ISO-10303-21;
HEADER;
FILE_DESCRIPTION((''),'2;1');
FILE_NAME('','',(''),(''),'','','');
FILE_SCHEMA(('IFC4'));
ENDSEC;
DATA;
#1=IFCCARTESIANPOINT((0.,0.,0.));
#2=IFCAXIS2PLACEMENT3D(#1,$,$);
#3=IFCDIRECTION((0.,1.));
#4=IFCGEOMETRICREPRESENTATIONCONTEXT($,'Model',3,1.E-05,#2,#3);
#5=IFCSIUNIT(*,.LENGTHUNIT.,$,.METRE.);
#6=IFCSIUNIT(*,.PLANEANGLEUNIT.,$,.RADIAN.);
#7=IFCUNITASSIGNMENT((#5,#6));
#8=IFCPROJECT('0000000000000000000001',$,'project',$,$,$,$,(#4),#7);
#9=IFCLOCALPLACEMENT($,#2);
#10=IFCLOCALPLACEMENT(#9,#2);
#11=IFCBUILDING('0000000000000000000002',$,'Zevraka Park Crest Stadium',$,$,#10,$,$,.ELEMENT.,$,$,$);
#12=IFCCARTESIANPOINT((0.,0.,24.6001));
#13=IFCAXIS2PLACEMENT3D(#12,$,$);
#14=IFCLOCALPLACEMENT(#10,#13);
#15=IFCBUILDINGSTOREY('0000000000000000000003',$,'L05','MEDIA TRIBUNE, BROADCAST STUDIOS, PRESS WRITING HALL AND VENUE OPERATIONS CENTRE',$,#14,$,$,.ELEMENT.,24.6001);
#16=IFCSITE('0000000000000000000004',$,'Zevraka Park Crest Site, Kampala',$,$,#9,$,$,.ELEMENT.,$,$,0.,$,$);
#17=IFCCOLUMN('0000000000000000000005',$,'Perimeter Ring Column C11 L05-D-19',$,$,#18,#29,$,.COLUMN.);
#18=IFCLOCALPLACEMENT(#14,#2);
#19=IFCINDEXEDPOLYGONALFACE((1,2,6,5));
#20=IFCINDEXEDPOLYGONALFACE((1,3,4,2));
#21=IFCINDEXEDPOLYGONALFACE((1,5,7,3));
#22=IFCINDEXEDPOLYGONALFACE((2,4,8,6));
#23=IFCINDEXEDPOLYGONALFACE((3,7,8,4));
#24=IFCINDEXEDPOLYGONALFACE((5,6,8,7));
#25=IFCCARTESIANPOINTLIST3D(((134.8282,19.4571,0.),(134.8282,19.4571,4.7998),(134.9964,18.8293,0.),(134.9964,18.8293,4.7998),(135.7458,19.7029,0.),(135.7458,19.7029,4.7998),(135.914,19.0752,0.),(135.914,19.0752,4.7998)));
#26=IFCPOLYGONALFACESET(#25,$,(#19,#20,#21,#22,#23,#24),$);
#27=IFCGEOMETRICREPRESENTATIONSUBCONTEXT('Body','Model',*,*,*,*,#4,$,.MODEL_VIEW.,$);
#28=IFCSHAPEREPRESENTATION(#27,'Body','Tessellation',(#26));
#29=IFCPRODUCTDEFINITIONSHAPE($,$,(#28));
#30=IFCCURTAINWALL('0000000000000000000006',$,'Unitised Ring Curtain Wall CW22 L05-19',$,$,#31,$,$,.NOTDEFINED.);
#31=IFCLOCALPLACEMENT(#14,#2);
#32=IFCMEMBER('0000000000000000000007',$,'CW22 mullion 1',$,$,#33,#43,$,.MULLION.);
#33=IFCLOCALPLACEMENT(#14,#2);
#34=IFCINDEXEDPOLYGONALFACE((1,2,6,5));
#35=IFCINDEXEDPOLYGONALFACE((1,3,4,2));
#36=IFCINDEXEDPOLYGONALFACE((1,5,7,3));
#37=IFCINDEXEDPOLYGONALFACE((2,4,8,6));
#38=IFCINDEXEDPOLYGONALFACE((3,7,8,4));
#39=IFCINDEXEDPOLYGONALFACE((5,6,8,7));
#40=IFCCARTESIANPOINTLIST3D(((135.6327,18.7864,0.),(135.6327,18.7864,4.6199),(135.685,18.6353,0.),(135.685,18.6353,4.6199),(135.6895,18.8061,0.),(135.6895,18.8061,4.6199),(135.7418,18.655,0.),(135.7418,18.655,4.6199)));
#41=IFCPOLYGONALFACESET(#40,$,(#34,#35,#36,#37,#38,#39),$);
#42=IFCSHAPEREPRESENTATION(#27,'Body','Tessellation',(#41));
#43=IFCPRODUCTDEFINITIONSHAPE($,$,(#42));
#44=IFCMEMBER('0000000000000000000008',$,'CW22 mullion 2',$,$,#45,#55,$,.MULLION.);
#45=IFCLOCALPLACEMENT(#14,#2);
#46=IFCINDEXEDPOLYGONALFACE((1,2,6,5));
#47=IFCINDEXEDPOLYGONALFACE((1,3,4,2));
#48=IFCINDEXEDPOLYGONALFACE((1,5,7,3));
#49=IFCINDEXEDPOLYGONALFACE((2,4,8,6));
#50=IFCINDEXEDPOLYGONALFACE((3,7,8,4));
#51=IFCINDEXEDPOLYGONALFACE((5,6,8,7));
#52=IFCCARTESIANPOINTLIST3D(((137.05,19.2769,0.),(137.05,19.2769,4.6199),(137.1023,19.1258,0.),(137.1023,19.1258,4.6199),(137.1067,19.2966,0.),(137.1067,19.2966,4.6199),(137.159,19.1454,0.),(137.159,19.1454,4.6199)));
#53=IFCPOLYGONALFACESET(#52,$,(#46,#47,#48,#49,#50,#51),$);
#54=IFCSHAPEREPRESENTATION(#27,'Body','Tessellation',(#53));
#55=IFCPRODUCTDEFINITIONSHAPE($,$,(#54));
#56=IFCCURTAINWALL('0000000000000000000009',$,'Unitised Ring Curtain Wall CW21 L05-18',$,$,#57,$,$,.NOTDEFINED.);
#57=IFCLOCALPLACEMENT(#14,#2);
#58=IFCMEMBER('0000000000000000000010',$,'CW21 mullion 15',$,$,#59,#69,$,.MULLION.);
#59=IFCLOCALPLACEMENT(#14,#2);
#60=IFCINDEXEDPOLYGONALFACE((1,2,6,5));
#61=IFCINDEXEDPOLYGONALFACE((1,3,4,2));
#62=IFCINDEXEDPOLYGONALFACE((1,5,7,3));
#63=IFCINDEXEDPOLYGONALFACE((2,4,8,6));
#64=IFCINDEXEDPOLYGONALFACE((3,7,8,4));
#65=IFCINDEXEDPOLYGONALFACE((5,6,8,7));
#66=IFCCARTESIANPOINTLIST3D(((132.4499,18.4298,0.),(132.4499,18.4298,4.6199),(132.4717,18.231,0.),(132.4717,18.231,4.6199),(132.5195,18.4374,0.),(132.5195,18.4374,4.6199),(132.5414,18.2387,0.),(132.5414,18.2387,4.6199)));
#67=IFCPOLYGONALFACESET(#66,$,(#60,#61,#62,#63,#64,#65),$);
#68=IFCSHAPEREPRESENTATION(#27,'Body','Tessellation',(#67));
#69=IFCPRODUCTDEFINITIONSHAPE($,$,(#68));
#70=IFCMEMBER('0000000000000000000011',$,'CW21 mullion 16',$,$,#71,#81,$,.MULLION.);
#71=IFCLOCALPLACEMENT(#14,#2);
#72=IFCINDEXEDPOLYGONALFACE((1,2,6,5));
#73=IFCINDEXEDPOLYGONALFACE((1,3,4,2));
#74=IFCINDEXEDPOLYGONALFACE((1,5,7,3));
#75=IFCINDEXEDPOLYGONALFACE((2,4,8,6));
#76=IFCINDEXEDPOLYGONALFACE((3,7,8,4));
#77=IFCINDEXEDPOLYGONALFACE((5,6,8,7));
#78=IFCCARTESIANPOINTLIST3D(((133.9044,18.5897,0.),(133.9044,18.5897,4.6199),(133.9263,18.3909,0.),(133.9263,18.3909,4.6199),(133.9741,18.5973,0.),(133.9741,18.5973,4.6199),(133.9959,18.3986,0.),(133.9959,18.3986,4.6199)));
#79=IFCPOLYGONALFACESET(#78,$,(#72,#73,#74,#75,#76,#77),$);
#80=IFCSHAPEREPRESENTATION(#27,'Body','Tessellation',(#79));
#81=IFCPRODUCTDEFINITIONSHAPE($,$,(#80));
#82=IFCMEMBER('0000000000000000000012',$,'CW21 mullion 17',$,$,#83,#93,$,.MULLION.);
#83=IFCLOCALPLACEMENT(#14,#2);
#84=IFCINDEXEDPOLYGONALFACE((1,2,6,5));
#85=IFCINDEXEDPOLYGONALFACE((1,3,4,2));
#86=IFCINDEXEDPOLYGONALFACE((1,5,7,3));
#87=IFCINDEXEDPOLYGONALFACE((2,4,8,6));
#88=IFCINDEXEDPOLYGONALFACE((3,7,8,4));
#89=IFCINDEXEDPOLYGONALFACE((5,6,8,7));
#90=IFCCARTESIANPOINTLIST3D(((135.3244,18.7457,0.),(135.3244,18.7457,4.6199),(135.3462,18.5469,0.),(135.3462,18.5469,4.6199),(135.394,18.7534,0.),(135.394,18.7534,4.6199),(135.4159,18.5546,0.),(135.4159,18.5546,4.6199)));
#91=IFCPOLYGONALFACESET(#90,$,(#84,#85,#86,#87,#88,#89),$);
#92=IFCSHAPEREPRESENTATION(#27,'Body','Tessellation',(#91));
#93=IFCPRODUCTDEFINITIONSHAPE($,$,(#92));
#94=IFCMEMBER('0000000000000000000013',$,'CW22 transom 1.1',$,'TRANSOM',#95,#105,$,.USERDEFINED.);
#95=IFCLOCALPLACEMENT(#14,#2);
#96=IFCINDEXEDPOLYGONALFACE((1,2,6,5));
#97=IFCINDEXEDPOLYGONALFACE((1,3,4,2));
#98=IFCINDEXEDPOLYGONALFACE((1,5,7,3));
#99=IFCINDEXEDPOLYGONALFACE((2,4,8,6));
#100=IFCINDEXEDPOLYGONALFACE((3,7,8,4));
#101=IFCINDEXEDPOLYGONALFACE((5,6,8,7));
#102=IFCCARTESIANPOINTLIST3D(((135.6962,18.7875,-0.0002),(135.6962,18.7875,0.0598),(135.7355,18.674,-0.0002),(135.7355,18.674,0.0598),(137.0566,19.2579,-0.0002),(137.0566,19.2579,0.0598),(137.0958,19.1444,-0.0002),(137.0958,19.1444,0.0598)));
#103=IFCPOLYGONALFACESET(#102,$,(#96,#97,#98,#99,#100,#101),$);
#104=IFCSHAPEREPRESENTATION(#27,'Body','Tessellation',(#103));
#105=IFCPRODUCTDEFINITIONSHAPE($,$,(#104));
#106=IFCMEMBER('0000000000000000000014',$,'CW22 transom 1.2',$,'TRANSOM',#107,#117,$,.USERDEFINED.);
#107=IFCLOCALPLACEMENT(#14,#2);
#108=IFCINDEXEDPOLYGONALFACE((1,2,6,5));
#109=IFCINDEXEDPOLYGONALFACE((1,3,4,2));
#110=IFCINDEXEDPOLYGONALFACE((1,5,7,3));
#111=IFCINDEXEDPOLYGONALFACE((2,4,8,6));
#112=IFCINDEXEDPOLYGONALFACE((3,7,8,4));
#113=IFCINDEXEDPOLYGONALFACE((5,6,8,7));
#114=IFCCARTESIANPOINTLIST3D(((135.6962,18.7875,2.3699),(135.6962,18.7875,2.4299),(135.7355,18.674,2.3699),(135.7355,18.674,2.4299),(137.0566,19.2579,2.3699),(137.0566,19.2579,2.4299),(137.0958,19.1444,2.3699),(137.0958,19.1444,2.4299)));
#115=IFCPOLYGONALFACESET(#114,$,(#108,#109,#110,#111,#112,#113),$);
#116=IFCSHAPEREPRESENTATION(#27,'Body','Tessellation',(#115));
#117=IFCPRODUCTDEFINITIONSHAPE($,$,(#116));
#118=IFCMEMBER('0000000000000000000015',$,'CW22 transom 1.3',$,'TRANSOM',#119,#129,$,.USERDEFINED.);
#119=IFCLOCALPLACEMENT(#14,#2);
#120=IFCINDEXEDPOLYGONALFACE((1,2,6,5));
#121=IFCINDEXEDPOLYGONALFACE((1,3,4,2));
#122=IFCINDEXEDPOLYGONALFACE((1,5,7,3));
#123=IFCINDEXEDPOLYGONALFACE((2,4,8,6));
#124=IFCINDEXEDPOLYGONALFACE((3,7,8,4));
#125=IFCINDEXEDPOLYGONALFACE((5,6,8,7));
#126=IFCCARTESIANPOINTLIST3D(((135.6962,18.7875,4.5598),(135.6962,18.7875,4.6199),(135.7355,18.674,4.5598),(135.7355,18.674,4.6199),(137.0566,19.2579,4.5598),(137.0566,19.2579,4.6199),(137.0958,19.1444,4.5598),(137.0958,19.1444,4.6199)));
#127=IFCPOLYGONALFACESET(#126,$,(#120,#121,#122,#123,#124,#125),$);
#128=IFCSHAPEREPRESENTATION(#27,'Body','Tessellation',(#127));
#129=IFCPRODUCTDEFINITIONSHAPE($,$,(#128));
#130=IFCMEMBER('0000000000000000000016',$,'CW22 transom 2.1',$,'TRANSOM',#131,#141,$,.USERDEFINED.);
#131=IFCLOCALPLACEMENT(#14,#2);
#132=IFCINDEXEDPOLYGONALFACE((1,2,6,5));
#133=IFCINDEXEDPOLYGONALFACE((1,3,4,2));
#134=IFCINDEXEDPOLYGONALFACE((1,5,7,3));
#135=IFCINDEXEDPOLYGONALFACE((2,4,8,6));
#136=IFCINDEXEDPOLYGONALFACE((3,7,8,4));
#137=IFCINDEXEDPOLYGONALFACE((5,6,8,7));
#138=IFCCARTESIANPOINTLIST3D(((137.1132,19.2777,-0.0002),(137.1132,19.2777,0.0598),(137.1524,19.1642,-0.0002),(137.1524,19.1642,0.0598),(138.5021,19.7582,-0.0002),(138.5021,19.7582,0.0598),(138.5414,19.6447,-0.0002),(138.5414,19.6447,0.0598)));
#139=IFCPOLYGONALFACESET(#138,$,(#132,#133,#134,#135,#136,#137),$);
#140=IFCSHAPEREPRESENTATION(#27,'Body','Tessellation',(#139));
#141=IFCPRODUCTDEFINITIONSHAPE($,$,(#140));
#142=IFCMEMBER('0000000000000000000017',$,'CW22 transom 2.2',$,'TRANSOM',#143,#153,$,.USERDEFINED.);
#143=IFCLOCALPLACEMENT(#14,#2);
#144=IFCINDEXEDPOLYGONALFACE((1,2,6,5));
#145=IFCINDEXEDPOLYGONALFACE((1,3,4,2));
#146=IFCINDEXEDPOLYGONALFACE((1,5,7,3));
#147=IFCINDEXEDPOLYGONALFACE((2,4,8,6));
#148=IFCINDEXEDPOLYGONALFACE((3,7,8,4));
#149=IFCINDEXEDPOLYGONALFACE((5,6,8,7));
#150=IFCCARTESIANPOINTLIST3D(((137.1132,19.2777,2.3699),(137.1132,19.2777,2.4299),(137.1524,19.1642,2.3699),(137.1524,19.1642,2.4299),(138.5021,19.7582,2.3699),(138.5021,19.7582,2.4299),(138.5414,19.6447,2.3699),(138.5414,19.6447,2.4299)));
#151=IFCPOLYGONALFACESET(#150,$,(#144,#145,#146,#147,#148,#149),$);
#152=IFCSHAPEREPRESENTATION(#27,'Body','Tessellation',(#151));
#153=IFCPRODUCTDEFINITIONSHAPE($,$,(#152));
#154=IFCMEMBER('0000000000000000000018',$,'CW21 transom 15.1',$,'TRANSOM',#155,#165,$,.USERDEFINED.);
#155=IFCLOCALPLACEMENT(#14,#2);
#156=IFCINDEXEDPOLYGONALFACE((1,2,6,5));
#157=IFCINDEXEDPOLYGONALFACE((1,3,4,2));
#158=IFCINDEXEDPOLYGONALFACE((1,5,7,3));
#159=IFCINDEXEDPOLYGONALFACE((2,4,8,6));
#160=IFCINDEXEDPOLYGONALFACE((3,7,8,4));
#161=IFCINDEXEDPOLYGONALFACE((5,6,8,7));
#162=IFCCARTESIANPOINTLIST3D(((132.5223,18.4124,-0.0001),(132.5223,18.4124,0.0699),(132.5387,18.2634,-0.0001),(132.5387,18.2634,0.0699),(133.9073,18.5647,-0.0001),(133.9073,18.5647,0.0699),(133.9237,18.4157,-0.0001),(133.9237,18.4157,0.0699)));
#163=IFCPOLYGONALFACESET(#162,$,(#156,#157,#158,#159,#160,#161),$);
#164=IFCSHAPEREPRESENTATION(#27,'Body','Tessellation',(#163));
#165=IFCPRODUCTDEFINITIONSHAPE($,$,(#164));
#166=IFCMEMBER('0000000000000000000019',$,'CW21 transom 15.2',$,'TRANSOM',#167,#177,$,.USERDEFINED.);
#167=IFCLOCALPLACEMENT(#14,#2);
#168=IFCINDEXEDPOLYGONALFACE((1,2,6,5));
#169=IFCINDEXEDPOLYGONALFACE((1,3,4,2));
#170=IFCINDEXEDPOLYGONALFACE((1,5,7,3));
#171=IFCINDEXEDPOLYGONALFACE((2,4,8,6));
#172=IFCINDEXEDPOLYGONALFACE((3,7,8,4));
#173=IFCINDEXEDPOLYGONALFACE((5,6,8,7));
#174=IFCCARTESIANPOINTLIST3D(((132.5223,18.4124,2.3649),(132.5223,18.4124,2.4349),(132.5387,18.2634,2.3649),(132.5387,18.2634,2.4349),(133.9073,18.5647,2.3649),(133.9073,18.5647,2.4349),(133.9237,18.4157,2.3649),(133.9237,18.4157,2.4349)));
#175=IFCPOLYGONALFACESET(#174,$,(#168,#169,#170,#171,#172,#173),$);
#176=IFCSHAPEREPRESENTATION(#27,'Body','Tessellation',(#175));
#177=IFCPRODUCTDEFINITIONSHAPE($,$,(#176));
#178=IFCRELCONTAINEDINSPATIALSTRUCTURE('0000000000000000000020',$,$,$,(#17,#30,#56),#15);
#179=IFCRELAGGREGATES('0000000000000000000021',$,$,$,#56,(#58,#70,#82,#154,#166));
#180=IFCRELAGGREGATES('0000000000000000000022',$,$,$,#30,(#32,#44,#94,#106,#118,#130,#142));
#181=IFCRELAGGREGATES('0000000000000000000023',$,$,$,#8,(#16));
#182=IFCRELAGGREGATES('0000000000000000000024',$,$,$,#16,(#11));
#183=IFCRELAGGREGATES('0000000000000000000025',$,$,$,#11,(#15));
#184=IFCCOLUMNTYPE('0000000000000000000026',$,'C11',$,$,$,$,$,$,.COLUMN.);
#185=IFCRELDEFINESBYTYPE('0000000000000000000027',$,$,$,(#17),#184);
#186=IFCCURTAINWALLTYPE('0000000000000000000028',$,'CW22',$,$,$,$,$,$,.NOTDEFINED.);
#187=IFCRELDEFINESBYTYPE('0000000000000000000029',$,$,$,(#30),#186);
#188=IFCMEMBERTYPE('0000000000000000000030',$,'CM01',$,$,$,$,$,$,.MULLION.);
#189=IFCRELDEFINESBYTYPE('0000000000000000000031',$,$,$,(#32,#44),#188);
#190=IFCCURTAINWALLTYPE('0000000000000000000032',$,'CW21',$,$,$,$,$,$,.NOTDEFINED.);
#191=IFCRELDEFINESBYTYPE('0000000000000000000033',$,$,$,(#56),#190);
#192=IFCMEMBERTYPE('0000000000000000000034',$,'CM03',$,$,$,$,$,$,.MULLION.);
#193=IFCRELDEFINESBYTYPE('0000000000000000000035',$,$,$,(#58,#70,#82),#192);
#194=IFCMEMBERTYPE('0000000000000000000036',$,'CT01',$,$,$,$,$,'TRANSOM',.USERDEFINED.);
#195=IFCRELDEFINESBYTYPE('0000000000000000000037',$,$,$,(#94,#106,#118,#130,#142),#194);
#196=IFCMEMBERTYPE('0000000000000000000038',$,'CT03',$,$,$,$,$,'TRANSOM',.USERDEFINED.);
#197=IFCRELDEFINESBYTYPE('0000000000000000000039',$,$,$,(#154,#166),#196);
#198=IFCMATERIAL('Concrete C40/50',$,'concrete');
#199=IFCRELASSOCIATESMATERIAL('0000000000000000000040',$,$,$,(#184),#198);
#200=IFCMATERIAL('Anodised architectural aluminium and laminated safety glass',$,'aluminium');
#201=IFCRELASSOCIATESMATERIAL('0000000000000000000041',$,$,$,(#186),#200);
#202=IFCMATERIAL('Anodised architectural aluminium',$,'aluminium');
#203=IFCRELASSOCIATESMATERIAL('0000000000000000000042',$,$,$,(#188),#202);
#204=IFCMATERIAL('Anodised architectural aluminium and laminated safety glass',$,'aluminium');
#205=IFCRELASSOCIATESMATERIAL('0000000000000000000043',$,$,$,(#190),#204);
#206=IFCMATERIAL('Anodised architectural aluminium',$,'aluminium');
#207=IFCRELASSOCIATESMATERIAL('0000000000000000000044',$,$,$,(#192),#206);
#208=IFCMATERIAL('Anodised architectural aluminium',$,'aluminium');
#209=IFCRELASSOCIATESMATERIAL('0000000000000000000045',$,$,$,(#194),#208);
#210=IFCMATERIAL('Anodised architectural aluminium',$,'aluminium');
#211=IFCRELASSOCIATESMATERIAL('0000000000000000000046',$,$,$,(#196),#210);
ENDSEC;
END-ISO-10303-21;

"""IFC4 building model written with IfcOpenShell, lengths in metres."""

from ifc_helpers import new_model, si_unit, direction, frame, origin, origin_2d, place, context, subcontext, project, spatial, rectangle, extrude, material, material_profile, profile_set, type_object, element, aggregate, save


model = new_model("IFC4")

# Units and contexts
model_context = context("Model", 3, precision=1e-05, world=origin(), true_north=direction((0.0, 1.0)))
body_context = subcontext(model_context, "Body", "Model", "MODEL_VIEW")
ifc_project = project(units=[si_unit("LENGTHUNIT", "METRE"), si_unit("PLANEANGLEUNIT", "RADIAN")], contexts=[model_context])

# Site, building, storey
site_placement = place(None, origin())
site = spatial("IfcSite", under=ifc_project, at=site_placement, Name="Zevraka Park Crest Site, Kampala", CompositionType="ELEMENT", RefElevation=0.0)
building_placement = place(site_placement, origin())
building = spatial("IfcBuilding", under=site, at=building_placement, Name="Zevraka Park Crest Stadium", CompositionType="ELEMENT")
storey_placement = place(building_placement, frame((0.0, 0.0, 24.6001)))
storey = spatial("IfcBuildingStorey", under=building, at=storey_placement, Name="L05", Description="MEDIA TRIBUNE, BROADCAST STUDIOS, PRESS WRITING HALL AND VENUE OPERATIONS CENTRE", CompositionType="ELEMENT", Elevation=24.6001)

# Column
ifc_material_1 = material(Name="Concrete C40/50", Category="concrete")
ifc_material_profile_1 = material_profile(ifc_material_1, rectangle(XDim=0.6499, YDim=0.95, at=origin_2d()), Name="RC 950x650")
ifc_profile_set_1 = profile_set([ifc_material_profile_1], Name="Concrete C40/50")
column_type = type_object("IfcColumnType", Name="C11", PredefinedType="COLUMN", material=ifc_profile_set_1)
column_placement = place(storey_placement, frame((135.3711, 19.2661, 0.0), z_axis=(0.0, 0.0, 1.0), x_axis=(-0.258819, 0.965926, 0.0)))
element("IfcColumn", 1, at=column_placement, inside=storey, type_object=column_type, Name="Perimeter Ring Column C11 L05-D-19", PredefinedType="COLUMN", context=body_context, shape_type="SweptSolid", body=[
    extrude(rectangle(XDim=0.6499, YDim=0.95, at=origin_2d()), origin(), (0.0, 0.0, 1.0), 4.7998),
])

# Curtain walls, members
ifc_material_2 = material(Name="Anodised architectural aluminium and laminated safety glass", Category="aluminium")
curtain_wall_type_1 = type_object("IfcCurtainWallType", Name="CW22", PredefinedType="NOTDEFINED", material=ifc_material_2)
curtain_wall_1_placement = place(storey_placement, origin())
curtain_wall_1 = element("IfcCurtainWall", 2, at=curtain_wall_1_placement, inside=storey, type_object=curtain_wall_type_1, Name="Unitised Ring Curtain Wall CW22 L05-19", PredefinedType="NOTDEFINED")
ifc_material_3 = material(Name="Anodised architectural aluminium", Category="aluminium")
ifc_material_profile_2 = material_profile(ifc_material_3, rectangle(XDim=0.1599, YDim=0.0601, at=origin_2d()), Name="ALU MULLION 160x60")
ifc_profile_set_2 = profile_set([ifc_material_profile_2], Name="Anodised architectural aluminium")
member_type_1 = type_object("IfcMemberType", Name="CM01", PredefinedType="MULLION", material=ifc_profile_set_2)
member_1_placement = place(storey_placement, frame((135.6873, 18.7207, 0.0), z_axis=(0.0, 0.0, 1.0), x_axis=(-0.326929, 0.945049, 0.0)))
member_1 = element("IfcMember", 3, at=member_1_placement, type_object=member_type_1, Name="CW22 mullion 1", PredefinedType="MULLION", context=body_context, shape_type="SweptSolid", body=[
    extrude(rectangle(XDim=0.1599, YDim=0.0601, at=origin_2d()), origin(), (0.0, 0.0, 1.0), 4.6199),
])
member_2_placement = place(storey_placement, frame((137.1045, 19.2112, 0.0), z_axis=(0.0, 0.0, 1.0), x_axis=(-0.326929, 0.945049, 0.0)))
member_2 = element("IfcMember", 4, at=member_2_placement, type_object=member_type_1, Name="CW22 mullion 2", PredefinedType="MULLION", context=body_context, shape_type="SweptSolid", body=[
    extrude(rectangle(XDim=0.1599, YDim=0.0601, at=origin_2d()), origin(), (0.0, 0.0, 1.0), 4.6199),
])
ifc_material_4 = material(Name="Anodised architectural aluminium and laminated safety glass", Category="aluminium")
curtain_wall_type_2 = type_object("IfcCurtainWallType", Name="CW21", PredefinedType="NOTDEFINED", material=ifc_material_4)
curtain_wall_2_placement = place(storey_placement, origin())
curtain_wall_2 = element("IfcCurtainWall", 5, at=curtain_wall_2_placement, inside=storey, type_object=curtain_wall_type_2, Name="Unitised Ring Curtain Wall CW21 L05-18", PredefinedType="NOTDEFINED")
ifc_material_5 = material(Name="Anodised architectural aluminium", Category="aluminium")
ifc_material_profile_3 = material_profile(ifc_material_5, rectangle(XDim=0.2, YDim=0.0701, at=origin_2d()), Name="ALU MULLION 200x70")
ifc_profile_set_3 = profile_set([ifc_material_profile_3], Name="Anodised architectural aluminium")
member_type_2 = type_object("IfcMemberType", Name="CM03", PredefinedType="MULLION", material=ifc_profile_set_3)
member_3_placement = place(storey_placement, frame((132.4956, 18.3342, 0.0), z_axis=(0.0, 0.0, 1.0), x_axis=(-0.109288, 0.99401, 0.0)))
member_3 = element("IfcMember", 6, at=member_3_placement, type_object=member_type_2, Name="CW21 mullion 15", PredefinedType="MULLION", context=body_context, shape_type="SweptSolid", body=[
    extrude(rectangle(XDim=0.2, YDim=0.0701, at=origin_2d()), origin(), (0.0, 0.0, 1.0), 4.6199),
])
member_4_placement = place(storey_placement, frame((133.9502, 18.4941, 0.0), z_axis=(0.0, 0.0, 1.0), x_axis=(-0.109288, 0.99401, 0.0)))
member_4 = element("IfcMember", 7, at=member_4_placement, type_object=member_type_2, Name="CW21 mullion 16", PredefinedType="MULLION", context=body_context, shape_type="SweptSolid", body=[
    extrude(rectangle(XDim=0.2, YDim=0.0701, at=origin_2d()), origin(), (0.0, 0.0, 1.0), 4.6199),
])
member_5_placement = place(storey_placement, frame((135.3701, 18.6501, 0.0), z_axis=(0.0, 0.0, 1.0), x_axis=(-0.109288, 0.99401, 0.0)))
member_5 = element("IfcMember", 8, at=member_5_placement, type_object=member_type_2, Name="CW21 mullion 17", PredefinedType="MULLION", context=body_context, shape_type="SweptSolid", body=[
    extrude(rectangle(XDim=0.2, YDim=0.0701, at=origin_2d()), origin(), (0.0, 0.0, 1.0), 4.6199),
])

# Members
ifc_material_6 = material(Name="Anodised architectural aluminium", Category="aluminium")
ifc_material_profile_4 = material_profile(ifc_material_6, rectangle(XDim=0.1201, YDim=0.0601, at=origin_2d()), Name="ALU TRANSOM 120x60")
ifc_profile_set_4 = profile_set([ifc_material_profile_4], Name="Anodised architectural aluminium")
member_type_3 = type_object("IfcMemberType", Name="CT01", ElementType="TRANSOM", PredefinedType="USERDEFINED", material=ifc_profile_set_4)
member_6_placement = place(storey_placement, frame((135.7158, 18.7307, 0.0298), z_axis=(0.945079, 0.326843, 0.0), x_axis=(-0.326843, 0.945079, 0.0)))
member_6 = element("IfcMember", 9, at=member_6_placement, type_object=member_type_3, Name="CW22 transom 1.1", ObjectType="TRANSOM", PredefinedType="USERDEFINED", context=body_context, shape_type="SweptSolid", body=[
    extrude(rectangle(XDim=0.1201, YDim=0.0601, at=origin_2d()), origin(), (0.0, 0.0, 1.0), 1.4395),
])
member_7_placement = place(storey_placement, frame((135.7158, 18.7307, 2.3999), z_axis=(0.945079, 0.326843, 0.0), x_axis=(-0.326843, 0.945079, 0.0)))
member_7 = element("IfcMember", 10, at=member_7_placement, type_object=member_type_3, Name="CW22 transom 1.2", ObjectType="TRANSOM", PredefinedType="USERDEFINED", context=body_context, shape_type="SweptSolid", body=[
    extrude(rectangle(XDim=0.1201, YDim=0.0601, at=origin_2d()), origin(), (0.0, 0.0, 1.0), 1.4395),
])
member_8_placement = place(storey_placement, frame((135.7158, 18.7307, 4.5898), z_axis=(0.945079, 0.326843, 0.0), x_axis=(-0.326843, 0.945079, 0.0)))
member_8 = element("IfcMember", 11, at=member_8_placement, type_object=member_type_3, Name="CW22 transom 1.3", ObjectType="TRANSOM", PredefinedType="USERDEFINED", context=body_context, shape_type="SweptSolid", body=[
    extrude(rectangle(XDim=0.1201, YDim=0.0601, at=origin_2d()), origin(), (0.0, 0.0, 1.0), 1.4395),
])
member_9_placement = place(storey_placement, frame((137.1328, 19.2209, 0.0298), z_axis=(0.945051, 0.326922, 0.0), x_axis=(-0.326922, 0.945051, 0.0)))
member_9 = element("IfcMember", 12, at=member_9_placement, type_object=member_type_3, Name="CW22 transom 2.1", ObjectType="TRANSOM", PredefinedType="USERDEFINED", context=body_context, shape_type="SweptSolid", body=[
    extrude(rectangle(XDim=0.1201, YDim=0.0601, at=origin_2d()), origin(), (0.0, 0.0, 1.0), 1.4697),
])
member_10_placement = place(storey_placement, frame((137.1328, 19.2209, 2.3999), z_axis=(0.945051, 0.326922, 0.0), x_axis=(-0.326922, 0.945051, 0.0)))
member_10 = element("IfcMember", 13, at=member_10_placement, type_object=member_type_3, Name="CW22 transom 2.2", ObjectType="TRANSOM", PredefinedType="USERDEFINED", context=body_context, shape_type="SweptSolid", body=[
    extrude(rectangle(XDim=0.1201, YDim=0.0601, at=origin_2d()), origin(), (0.0, 0.0, 1.0), 1.4697),
])
ifc_material_7 = material(Name="Anodised architectural aluminium", Category="aluminium")
ifc_material_profile_5 = material_profile(ifc_material_7, rectangle(XDim=0.1499, YDim=0.0701, at=origin_2d()), Name="ALU TRANSOM 150x70")
ifc_profile_set_5 = profile_set([ifc_material_profile_5], Name="Anodised architectural aluminium")
member_type_4 = type_object("IfcMemberType", Name="CT03", ElementType="TRANSOM", PredefinedType="USERDEFINED", material=ifc_profile_set_5)
member_11_placement = place(storey_placement, frame((132.5305, 18.3379, 0.0349), z_axis=(0.994005, 0.109335, 0.0), x_axis=(-0.109335, 0.994005, 0.0)))
member_11 = element("IfcMember", 14, at=member_11_placement, type_object=member_type_4, Name="CW21 transom 15.1", ObjectType="TRANSOM", PredefinedType="USERDEFINED", context=body_context, shape_type="SweptSolid", body=[
    extrude(rectangle(XDim=0.1499, YDim=0.0701, at=origin_2d()), origin(), (0.0, 0.0, 1.0), 1.3933),
])
member_12_placement = place(storey_placement, frame((132.5305, 18.3379, 2.3999), z_axis=(0.994005, 0.109335, 0.0), x_axis=(-0.109335, 0.994005, 0.0)))
member_12 = element("IfcMember", 15, at=member_12_placement, type_object=member_type_4, Name="CW21 transom 15.2", ObjectType="TRANSOM", PredefinedType="USERDEFINED", context=body_context, shape_type="SweptSolid", body=[
    extrude(rectangle(XDim=0.1499, YDim=0.0701, at=origin_2d()), origin(), (0.0, 0.0, 1.0), 1.3933),
])

aggregate(curtain_wall_2, [member_3, member_4, member_5, member_11, member_12])
aggregate(curtain_wall_1, [member_1, member_2, member_6, member_7, member_8, member_9, member_10])

save(model, "model.ifc")
